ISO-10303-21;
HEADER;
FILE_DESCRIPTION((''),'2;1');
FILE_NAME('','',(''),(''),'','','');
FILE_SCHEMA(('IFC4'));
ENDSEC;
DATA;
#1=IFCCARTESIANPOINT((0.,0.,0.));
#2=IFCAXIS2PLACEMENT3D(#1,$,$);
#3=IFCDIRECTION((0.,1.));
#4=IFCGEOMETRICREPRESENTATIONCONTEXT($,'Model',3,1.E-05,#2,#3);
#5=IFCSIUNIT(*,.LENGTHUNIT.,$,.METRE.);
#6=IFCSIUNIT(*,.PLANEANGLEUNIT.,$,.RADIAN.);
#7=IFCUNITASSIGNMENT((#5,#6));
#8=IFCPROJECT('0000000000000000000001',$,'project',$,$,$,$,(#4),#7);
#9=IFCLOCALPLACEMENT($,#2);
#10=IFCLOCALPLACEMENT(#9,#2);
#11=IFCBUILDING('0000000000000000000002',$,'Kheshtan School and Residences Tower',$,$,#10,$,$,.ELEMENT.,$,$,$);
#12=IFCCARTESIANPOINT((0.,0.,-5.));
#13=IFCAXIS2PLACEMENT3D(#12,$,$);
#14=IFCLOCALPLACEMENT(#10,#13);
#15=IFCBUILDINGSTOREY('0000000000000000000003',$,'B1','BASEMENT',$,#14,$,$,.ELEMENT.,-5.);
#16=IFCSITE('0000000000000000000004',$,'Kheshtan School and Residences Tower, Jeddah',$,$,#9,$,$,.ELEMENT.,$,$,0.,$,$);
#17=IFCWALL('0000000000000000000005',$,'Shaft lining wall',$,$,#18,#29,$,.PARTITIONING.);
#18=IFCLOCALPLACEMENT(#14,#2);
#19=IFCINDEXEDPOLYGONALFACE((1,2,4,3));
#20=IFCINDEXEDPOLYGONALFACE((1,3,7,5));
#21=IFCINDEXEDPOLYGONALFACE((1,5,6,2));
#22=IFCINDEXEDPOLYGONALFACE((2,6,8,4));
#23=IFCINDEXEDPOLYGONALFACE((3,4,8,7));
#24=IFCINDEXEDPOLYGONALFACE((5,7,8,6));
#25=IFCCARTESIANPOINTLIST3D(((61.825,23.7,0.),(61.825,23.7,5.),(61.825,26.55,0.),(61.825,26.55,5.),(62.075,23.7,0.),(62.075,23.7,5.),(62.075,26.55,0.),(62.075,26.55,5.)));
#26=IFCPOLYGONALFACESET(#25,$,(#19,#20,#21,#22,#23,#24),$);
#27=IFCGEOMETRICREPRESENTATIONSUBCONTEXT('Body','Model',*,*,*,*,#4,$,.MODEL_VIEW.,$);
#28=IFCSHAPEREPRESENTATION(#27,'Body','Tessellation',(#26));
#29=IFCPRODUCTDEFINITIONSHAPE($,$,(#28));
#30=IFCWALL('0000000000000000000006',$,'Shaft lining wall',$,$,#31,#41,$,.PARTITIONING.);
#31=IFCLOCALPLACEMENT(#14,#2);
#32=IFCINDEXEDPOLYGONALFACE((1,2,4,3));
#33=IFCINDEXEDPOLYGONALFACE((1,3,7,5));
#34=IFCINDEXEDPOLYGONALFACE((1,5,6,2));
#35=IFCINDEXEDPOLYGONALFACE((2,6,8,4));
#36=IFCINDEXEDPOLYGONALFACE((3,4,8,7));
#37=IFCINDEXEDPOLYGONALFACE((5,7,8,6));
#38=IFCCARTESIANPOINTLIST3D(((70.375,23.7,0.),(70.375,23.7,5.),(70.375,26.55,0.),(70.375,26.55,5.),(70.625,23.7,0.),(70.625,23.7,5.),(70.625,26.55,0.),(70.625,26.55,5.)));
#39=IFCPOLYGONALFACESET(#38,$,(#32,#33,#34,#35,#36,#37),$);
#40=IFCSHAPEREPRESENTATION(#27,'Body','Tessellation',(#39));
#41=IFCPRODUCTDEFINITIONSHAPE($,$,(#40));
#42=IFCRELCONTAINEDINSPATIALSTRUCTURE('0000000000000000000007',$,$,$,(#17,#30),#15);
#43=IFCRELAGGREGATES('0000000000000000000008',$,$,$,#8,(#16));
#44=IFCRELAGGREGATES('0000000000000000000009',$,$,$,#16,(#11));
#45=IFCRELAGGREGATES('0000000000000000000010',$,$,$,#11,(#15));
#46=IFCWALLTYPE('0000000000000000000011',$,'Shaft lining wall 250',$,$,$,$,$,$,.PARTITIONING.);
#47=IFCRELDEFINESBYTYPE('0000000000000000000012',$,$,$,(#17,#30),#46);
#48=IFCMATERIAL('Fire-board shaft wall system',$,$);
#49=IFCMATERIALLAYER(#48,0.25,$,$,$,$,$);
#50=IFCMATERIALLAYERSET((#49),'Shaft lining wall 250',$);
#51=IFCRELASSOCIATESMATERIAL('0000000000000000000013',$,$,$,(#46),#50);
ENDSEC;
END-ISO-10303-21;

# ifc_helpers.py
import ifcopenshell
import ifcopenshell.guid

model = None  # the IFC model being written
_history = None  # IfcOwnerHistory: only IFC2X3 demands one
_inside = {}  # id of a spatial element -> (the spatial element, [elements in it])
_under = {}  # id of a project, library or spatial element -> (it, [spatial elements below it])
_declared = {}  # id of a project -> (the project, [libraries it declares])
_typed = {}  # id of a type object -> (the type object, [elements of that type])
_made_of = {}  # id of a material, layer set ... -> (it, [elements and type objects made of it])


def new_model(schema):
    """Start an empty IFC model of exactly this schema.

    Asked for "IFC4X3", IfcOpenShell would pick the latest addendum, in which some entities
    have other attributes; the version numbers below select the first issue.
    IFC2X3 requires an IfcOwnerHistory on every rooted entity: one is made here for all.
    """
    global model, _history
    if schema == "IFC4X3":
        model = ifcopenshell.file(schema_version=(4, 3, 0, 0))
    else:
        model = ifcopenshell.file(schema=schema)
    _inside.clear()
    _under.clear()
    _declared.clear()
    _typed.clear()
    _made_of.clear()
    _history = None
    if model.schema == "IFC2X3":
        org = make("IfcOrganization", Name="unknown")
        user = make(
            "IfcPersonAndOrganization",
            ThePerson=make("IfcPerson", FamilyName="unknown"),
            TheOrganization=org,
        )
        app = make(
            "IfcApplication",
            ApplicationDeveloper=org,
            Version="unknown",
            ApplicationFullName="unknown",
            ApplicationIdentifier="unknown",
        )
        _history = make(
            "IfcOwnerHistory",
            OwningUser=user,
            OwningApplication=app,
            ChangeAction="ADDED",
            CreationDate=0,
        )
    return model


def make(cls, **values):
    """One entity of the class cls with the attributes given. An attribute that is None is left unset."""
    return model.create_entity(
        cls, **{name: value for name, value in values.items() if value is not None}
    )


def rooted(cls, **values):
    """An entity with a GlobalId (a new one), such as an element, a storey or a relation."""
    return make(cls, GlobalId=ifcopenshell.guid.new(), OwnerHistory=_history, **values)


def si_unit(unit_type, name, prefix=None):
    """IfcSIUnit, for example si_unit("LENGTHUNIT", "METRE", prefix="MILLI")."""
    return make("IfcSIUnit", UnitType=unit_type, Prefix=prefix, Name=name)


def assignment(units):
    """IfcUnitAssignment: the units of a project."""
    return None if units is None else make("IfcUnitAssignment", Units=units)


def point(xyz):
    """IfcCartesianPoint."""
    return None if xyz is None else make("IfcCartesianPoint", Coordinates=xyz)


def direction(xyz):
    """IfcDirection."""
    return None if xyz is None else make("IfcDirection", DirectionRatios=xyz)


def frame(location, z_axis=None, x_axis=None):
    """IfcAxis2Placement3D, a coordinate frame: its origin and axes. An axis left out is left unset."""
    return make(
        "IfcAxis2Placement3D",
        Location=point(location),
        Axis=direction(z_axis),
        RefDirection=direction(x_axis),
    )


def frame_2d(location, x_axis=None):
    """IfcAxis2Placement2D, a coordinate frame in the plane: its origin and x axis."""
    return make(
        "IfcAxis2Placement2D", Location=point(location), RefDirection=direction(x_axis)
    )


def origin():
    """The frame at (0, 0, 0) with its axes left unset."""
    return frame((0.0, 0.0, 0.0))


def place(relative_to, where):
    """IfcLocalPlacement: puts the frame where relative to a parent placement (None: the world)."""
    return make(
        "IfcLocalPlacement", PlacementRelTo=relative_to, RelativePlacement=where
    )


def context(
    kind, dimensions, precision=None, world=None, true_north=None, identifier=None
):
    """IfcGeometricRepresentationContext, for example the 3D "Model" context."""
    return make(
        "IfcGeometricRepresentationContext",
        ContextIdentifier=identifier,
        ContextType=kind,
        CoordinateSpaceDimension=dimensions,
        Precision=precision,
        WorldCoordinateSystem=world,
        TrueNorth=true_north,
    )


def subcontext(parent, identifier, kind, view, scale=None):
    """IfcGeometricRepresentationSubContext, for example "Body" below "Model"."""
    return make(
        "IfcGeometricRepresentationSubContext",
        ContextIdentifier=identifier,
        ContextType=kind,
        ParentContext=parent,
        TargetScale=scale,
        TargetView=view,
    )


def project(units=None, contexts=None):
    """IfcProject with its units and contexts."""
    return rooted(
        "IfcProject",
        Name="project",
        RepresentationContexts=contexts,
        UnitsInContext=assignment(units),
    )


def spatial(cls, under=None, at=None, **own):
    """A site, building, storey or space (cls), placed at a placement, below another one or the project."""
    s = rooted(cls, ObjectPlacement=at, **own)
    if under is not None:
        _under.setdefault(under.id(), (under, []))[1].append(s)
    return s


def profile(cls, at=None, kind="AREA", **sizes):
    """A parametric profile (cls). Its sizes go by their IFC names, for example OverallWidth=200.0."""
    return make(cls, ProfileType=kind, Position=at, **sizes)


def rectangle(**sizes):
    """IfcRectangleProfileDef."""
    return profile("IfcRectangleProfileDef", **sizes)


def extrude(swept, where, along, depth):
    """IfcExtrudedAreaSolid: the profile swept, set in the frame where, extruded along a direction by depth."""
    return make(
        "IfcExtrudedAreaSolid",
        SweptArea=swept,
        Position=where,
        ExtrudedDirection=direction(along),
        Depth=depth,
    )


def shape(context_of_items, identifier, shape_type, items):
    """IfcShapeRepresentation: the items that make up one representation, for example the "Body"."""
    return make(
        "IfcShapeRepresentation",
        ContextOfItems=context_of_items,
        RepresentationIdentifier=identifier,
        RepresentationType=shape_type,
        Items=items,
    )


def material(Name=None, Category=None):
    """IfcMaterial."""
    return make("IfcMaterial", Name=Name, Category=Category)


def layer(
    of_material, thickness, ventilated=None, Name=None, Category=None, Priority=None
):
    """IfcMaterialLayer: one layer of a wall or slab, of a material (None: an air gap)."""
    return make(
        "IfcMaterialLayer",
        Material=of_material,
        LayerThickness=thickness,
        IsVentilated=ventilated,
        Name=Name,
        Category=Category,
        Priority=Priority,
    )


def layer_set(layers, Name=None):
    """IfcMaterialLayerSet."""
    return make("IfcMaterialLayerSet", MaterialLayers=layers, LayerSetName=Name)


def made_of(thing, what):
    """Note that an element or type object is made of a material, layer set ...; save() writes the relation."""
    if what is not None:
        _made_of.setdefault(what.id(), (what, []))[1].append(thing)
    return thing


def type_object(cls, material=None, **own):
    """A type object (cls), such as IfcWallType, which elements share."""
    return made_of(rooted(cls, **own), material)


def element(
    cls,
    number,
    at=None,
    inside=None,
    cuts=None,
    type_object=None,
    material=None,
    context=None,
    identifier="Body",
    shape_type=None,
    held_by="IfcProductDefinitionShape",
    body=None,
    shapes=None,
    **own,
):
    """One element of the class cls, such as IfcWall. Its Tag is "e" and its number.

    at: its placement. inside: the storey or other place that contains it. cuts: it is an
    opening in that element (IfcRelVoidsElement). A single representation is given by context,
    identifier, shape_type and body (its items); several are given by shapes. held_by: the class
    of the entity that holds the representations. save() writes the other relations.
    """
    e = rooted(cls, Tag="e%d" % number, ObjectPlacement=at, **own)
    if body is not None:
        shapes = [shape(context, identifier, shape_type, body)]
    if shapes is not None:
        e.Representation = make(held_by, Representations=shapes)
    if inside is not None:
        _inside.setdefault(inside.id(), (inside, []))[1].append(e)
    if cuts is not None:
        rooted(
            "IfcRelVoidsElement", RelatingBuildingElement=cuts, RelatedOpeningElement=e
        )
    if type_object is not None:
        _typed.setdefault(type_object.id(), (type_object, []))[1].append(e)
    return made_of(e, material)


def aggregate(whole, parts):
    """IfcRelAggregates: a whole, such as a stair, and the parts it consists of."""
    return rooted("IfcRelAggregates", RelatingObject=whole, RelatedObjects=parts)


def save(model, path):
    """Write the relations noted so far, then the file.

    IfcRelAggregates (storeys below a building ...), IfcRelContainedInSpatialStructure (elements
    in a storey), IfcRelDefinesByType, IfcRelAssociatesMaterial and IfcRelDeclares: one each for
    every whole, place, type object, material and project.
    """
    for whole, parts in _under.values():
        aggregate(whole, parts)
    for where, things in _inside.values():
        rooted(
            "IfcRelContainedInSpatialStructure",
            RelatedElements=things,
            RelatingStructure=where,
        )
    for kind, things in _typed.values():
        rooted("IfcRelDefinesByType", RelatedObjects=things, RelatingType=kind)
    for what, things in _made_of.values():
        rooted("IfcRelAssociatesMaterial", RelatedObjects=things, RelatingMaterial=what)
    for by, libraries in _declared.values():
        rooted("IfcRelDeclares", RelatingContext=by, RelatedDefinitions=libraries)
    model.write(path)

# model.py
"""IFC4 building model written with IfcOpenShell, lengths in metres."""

from ifc_helpers import new_model, si_unit, direction, frame, frame_2d, origin, place, context, subcontext, project, spatial, rectangle, extrude, material, layer, layer_set, type_object, element, save


model = new_model("IFC4")

# Units and contexts
model_context = context("Model", 3, precision=1e-05, world=origin(), true_north=direction((0.0, 1.0)))
body_context = subcontext(model_context, "Body", "Model", "MODEL_VIEW")
ifc_project = project(units=[si_unit("LENGTHUNIT", "METRE"), si_unit("PLANEANGLEUNIT", "RADIAN")], contexts=[model_context])

# Site, building, storey
site_placement = place(None, origin())
site = spatial("IfcSite", under=ifc_project, at=site_placement, Name="Kheshtan School and Residences Tower, Jeddah", CompositionType="ELEMENT", RefElevation=0.0)
building_placement = place(site_placement, origin())
building = spatial("IfcBuilding", under=site, at=building_placement, Name="Kheshtan School and Residences Tower", CompositionType="ELEMENT")
storey_placement = place(building_placement, frame((0.0, 0.0, -5.0)))
storey = spatial("IfcBuildingStorey", under=building, at=storey_placement, Name="B1", Description="BASEMENT", CompositionType="ELEMENT", Elevation=-5.0)

# Walls
ifc_material_1 = material(Name="Fire-board shaft wall system")
ifc_layer_1 = layer(ifc_material_1, 0.25)
ifc_layer_set_1 = layer_set([ifc_layer_1], Name="Shaft lining wall 250")
wall_type_1 = type_object("IfcWallType", Name="Shaft lining wall 250", PredefinedType="PARTITIONING", material=ifc_layer_set_1)
for number, where, z_axis, x_axis, name in (
    (1, (61.95, 23.7, 0.0), (0.0, 0.0, 1.0), (0.0, 1.0, 0.0), "Shaft lining wall"),
    (2, (70.5, 23.7, 0.0), (0.0, 0.0, 1.0), (0.0, 1.0, 0.0), "Shaft lining wall"),
):
    element("IfcWall", number, at=place(storey_placement, frame(where, z_axis=z_axis, x_axis=x_axis)), inside=storey, type_object=wall_type_1, Name=name, PredefinedType="PARTITIONING", context=body_context, shape_type="SweptSolid", body=[
        extrude(rectangle(XDim=2.8501, YDim=0.25, at=frame_2d((1.425, 0.0))), origin(), (0.0, 0.0, 1.0), 5.0),
    ])

save(model, "model.ifc")
